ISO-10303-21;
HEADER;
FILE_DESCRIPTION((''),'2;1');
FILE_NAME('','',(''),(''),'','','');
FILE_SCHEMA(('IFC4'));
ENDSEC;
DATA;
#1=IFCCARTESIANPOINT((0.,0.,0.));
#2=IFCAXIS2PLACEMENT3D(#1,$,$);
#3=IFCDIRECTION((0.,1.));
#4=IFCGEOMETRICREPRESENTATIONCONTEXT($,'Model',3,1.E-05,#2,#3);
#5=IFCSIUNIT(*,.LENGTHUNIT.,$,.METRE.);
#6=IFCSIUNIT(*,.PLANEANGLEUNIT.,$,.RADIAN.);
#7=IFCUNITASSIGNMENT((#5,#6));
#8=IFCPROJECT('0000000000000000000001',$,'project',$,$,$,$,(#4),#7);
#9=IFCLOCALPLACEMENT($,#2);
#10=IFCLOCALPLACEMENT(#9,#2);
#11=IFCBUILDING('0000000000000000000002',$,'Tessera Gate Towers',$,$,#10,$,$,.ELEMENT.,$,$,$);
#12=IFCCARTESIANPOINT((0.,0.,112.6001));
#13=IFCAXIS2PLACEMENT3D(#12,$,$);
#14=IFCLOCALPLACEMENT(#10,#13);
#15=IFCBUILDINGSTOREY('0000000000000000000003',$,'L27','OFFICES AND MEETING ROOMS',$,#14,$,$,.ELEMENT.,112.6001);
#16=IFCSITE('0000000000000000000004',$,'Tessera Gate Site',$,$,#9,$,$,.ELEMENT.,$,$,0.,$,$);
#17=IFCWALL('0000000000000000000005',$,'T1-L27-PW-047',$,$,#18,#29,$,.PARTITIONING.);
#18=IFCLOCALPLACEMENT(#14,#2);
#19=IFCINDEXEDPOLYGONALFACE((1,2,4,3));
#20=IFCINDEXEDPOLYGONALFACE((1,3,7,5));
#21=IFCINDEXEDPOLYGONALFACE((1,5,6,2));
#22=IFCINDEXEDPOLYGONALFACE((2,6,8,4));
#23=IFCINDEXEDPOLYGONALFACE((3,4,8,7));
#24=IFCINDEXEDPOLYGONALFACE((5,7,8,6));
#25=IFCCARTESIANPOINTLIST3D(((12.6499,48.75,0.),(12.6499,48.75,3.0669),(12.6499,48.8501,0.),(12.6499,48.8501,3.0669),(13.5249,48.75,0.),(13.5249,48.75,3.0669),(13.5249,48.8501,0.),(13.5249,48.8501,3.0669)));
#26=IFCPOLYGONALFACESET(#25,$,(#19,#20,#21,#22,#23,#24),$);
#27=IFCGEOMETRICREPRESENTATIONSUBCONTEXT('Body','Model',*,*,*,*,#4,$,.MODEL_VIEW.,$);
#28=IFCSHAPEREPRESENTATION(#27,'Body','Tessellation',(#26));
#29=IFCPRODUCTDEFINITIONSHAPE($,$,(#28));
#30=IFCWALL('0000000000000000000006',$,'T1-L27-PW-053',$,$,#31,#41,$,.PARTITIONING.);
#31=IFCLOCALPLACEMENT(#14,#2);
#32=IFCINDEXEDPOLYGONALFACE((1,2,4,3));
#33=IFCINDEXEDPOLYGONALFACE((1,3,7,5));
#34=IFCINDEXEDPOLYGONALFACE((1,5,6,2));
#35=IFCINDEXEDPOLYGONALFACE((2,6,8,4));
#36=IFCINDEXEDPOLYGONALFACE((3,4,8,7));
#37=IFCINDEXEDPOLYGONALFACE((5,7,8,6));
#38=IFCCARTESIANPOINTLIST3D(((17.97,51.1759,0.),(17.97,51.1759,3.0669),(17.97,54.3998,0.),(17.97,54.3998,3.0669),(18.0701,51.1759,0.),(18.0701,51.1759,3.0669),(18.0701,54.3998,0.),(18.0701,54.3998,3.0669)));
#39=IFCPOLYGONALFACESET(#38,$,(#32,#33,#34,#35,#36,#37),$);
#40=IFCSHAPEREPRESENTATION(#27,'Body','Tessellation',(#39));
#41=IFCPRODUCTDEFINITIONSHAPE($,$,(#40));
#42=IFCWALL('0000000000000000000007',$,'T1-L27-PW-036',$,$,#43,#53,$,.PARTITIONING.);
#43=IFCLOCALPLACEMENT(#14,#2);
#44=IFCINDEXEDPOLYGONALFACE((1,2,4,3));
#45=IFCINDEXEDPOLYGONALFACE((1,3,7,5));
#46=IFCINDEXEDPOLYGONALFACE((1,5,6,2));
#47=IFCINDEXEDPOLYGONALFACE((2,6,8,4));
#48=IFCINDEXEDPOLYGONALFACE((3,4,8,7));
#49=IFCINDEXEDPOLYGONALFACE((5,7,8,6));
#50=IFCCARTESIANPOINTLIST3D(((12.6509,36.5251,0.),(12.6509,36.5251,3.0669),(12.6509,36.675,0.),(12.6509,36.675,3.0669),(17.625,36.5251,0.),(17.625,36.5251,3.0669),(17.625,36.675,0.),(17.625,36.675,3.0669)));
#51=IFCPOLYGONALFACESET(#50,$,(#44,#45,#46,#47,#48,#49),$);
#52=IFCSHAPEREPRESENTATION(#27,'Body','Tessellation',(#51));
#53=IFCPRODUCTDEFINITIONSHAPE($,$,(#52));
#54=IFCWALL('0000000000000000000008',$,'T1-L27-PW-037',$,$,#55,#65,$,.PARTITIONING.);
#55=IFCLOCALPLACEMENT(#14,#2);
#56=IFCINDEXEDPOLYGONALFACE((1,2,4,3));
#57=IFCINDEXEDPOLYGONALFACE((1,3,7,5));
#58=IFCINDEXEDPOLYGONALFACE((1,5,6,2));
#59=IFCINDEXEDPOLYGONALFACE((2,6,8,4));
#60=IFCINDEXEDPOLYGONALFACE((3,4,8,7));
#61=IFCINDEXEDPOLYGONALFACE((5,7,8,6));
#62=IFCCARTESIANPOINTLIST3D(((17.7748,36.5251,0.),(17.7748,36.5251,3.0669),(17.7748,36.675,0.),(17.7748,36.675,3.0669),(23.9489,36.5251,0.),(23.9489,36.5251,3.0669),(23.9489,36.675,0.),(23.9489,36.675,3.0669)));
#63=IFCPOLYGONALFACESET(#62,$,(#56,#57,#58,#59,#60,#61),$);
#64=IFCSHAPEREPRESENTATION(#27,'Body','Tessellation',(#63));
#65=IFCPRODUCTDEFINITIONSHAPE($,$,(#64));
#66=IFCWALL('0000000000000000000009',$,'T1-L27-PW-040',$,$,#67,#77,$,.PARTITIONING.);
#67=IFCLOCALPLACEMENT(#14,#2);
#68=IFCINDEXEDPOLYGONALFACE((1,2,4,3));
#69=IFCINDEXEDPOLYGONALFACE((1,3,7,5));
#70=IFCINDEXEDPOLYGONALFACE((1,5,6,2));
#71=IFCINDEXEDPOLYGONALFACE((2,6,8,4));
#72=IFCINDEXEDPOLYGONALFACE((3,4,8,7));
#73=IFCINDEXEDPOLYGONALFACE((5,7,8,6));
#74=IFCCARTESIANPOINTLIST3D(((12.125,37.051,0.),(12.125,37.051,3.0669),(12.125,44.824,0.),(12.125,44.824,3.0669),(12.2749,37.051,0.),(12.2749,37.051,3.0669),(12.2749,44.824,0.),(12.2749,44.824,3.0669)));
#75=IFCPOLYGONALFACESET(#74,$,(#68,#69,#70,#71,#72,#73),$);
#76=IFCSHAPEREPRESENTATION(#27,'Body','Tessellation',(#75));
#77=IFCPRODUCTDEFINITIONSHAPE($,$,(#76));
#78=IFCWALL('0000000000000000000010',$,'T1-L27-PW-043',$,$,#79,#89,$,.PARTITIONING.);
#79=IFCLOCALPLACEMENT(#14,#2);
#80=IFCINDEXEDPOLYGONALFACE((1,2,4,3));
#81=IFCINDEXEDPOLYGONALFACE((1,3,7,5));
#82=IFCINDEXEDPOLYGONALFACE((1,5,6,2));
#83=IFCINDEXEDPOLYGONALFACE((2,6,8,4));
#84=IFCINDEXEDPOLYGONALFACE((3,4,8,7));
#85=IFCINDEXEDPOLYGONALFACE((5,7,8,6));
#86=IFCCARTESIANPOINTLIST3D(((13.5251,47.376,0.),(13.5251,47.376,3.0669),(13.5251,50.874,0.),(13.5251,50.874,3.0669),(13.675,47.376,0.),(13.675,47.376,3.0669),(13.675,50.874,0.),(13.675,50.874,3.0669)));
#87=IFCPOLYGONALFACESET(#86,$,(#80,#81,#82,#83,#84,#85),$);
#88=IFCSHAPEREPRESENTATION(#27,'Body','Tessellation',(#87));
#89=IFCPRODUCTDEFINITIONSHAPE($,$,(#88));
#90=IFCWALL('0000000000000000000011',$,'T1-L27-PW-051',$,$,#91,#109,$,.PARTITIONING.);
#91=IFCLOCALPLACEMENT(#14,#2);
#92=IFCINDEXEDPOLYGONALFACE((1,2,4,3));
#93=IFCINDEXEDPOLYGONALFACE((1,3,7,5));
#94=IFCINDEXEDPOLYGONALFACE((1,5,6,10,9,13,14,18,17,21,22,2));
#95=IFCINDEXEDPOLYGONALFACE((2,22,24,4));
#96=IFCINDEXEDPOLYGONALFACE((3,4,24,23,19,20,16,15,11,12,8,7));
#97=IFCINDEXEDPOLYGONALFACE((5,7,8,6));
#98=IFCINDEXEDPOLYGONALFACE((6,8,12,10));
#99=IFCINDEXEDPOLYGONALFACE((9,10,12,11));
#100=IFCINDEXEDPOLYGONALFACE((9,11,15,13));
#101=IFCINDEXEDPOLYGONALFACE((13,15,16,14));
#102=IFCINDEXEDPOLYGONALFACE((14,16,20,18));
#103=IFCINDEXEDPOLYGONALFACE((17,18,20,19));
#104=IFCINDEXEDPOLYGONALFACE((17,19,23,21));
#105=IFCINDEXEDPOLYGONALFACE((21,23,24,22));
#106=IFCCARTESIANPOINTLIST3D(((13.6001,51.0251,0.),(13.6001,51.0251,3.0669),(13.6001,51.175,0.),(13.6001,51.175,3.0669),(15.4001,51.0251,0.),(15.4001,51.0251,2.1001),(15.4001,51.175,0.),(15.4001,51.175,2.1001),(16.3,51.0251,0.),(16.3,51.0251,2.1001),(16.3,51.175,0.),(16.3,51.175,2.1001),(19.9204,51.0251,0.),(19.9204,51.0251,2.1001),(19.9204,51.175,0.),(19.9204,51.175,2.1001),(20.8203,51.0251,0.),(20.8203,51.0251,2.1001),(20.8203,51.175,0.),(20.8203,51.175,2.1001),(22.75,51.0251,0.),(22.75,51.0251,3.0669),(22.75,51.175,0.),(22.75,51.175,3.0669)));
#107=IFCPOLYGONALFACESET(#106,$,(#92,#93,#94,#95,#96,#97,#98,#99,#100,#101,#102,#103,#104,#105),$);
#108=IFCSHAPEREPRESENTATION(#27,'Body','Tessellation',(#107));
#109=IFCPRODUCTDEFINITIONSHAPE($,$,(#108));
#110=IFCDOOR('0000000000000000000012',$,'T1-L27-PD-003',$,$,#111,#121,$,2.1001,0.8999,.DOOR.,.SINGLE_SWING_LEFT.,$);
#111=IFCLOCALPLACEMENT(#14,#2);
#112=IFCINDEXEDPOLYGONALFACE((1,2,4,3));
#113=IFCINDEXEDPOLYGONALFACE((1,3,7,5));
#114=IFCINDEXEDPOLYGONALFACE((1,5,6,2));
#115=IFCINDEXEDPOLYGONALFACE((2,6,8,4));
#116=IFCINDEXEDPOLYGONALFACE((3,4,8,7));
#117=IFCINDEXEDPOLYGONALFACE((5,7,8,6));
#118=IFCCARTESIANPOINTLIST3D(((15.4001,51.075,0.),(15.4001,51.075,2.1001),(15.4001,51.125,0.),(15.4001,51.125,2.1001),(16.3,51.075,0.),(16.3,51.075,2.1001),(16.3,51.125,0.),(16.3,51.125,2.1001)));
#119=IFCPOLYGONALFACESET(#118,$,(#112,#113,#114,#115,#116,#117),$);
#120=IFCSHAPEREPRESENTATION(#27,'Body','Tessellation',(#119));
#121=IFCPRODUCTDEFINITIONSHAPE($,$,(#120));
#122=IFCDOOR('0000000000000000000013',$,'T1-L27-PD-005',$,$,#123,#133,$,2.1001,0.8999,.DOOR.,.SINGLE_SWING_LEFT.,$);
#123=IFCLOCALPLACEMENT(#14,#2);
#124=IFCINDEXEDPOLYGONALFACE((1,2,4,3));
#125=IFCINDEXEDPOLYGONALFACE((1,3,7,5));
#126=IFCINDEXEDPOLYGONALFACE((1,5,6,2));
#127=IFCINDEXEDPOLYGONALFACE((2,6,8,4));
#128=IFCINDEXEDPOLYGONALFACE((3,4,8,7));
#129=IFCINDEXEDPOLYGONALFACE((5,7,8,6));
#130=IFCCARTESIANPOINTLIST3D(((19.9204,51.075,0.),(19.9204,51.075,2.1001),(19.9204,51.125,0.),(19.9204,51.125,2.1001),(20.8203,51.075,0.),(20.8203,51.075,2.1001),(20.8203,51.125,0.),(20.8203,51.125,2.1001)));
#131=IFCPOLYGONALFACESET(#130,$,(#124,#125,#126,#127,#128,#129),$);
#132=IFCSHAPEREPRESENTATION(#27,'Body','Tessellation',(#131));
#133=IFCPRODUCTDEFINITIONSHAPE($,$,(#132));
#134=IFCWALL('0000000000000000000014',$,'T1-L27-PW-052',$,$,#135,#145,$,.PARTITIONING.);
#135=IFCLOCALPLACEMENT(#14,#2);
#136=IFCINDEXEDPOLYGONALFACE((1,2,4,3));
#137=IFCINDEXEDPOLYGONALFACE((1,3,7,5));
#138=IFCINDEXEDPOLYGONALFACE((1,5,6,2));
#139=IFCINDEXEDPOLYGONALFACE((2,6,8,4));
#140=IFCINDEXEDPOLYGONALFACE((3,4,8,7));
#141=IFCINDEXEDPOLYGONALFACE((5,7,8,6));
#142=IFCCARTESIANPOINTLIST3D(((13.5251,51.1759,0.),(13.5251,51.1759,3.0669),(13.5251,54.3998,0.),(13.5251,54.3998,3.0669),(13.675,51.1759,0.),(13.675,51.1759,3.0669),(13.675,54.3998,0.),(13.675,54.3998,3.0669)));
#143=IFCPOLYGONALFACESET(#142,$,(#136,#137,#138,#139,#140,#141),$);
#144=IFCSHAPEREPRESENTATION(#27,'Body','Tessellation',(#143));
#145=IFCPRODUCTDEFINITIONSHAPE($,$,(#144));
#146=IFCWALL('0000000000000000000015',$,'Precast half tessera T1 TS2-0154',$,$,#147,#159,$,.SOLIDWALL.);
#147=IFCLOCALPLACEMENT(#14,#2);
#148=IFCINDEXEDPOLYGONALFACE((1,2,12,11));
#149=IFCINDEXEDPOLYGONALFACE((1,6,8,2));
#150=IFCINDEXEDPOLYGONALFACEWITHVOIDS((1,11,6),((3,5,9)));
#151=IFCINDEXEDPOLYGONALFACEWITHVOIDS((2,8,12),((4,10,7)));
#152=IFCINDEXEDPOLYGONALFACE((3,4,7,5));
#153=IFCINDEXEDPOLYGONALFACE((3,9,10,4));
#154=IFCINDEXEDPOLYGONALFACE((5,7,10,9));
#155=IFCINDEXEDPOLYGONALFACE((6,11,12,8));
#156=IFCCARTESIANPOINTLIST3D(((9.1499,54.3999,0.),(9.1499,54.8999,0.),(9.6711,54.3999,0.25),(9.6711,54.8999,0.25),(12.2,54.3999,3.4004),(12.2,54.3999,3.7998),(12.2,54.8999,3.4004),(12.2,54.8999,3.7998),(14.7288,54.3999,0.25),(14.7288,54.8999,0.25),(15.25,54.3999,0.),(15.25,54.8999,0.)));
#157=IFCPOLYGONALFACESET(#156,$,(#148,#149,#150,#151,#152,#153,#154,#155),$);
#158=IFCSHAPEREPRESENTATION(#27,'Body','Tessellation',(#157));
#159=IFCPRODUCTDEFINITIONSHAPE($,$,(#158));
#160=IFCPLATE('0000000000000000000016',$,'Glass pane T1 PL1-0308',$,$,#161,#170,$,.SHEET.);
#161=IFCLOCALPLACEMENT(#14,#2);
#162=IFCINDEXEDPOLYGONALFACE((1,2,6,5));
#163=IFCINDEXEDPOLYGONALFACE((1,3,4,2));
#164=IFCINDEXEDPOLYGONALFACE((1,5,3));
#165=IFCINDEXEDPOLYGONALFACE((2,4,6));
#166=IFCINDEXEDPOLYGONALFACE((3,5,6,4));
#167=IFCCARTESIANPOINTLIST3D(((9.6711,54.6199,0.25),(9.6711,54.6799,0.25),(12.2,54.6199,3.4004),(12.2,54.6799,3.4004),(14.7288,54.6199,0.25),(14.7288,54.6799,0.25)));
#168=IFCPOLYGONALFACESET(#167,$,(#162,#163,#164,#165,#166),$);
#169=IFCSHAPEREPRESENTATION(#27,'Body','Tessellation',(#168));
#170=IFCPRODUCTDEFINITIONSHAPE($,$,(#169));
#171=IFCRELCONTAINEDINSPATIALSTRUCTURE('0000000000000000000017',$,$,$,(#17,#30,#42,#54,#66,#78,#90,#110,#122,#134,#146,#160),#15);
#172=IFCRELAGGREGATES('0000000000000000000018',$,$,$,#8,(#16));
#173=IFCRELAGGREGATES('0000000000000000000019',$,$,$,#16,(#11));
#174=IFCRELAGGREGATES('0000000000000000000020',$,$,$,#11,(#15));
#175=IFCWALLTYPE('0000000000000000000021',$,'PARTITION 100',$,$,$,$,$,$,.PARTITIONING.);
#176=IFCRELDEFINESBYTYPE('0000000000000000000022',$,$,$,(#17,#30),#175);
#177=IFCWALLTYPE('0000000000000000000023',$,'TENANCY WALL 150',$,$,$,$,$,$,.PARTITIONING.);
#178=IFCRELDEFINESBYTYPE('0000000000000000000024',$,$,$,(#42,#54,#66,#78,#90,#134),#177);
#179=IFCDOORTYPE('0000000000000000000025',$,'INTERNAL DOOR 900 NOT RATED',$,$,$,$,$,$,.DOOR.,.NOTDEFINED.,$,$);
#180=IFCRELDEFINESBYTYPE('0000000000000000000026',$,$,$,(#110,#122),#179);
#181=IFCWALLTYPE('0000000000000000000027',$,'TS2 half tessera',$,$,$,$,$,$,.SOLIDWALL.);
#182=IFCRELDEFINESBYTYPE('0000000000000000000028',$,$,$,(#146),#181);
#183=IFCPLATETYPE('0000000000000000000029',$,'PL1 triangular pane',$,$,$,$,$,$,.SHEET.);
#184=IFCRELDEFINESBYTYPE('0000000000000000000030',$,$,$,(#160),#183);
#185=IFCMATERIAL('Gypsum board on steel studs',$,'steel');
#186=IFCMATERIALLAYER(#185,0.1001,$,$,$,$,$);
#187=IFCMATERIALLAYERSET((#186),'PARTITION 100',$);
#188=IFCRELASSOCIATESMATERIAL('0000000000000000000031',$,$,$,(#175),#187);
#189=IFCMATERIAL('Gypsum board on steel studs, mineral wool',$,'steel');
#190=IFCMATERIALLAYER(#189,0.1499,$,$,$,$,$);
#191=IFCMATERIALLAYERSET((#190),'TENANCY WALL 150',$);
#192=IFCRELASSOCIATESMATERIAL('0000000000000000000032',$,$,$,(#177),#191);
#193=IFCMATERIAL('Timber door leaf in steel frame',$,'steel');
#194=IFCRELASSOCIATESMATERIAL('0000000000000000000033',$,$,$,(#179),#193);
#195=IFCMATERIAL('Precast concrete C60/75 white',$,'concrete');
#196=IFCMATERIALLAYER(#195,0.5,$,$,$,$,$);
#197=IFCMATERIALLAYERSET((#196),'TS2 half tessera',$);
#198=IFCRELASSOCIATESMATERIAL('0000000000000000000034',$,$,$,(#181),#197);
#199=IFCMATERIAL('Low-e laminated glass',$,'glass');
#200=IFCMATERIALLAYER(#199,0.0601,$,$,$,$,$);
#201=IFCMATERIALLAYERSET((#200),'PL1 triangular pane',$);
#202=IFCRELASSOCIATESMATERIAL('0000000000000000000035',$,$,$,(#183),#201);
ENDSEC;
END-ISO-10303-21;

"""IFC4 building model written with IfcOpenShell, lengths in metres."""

from ifc_helpers import new_model, si_unit, direction, frame, frame_2d, origin, place, context, subcontext, project, spatial, polyline, rectangle, outline, extrude, source, transform, mapped, material, layer, layer_set, type_object, element, fill, save


model = new_model("IFC4")

# Units and contexts
model_context = context("Model", 3, precision=1e-05, world=origin(), true_north=direction((0.0, 1.0)))
body_context = subcontext(model_context, "Body", "Model", "MODEL_VIEW")
ifc_project = project(units=[si_unit("LENGTHUNIT", "METRE"), si_unit("PLANEANGLEUNIT", "RADIAN")], contexts=[model_context])

# Site, building, storey
site_placement = place(None, origin())
site = spatial("IfcSite", under=ifc_project, at=site_placement, Name="Tessera Gate Site", CompositionType="ELEMENT", RefElevation=0.0)
building_placement = place(site_placement, origin())
building = spatial("IfcBuilding", under=site, at=building_placement, Name="Tessera Gate Towers", CompositionType="ELEMENT")
storey_placement = place(building_placement, frame((0.0, 0.0, 112.6001)))
storey = spatial("IfcBuildingStorey", under=building, at=storey_placement, Name="L27", Description="OFFICES AND MEETING ROOMS", CompositionType="ELEMENT", Elevation=112.6001)

# Shared definitions
shared_shape_1 = source(origin(), body_context, "Body", "SweptSolid", [
    extrude(rectangle(XDim=0.8999, YDim=2.1001, at=frame_2d((0.45, 1.05))), frame((0.0, 0.0249, 0.0), z_axis=(0.0, -1.0, 0.0), x_axis=(1.0, 0.0, 0.0)), (0.0, 0.0, 1.0), 0.05),
])

# Walls
ifc_material_1 = material(Name="Gypsum board on steel studs", Category="steel")
ifc_layer_1 = layer(ifc_material_1, 0.1001)
ifc_layer_set_1 = layer_set([ifc_layer_1], Name="PARTITION 100")
wall_type_1 = type_object("IfcWallType", Name="PARTITION 100", PredefinedType="PARTITIONING", material=ifc_layer_set_1)
wall_1_placement = place(storey_placement, frame((12.6499, 48.8, 0.0), z_axis=(0.0, 0.0, 1.0), x_axis=(1.0, 0.0, 0.0)))
element("IfcWall", 1, at=wall_1_placement, inside=storey, type_object=wall_type_1, Name="T1-L27-PW-047", PredefinedType="PARTITIONING", context=body_context, shape_type="SweptSolid", body=[
    extrude(rectangle(XDim=0.875, YDim=0.1001, at=frame_2d((0.4375, 0.0))), origin(), (0.0, 0.0, 1.0), 3.0669),
])
wall_2_placement = place(storey_placement, frame((18.02, 51.176, 0.0), z_axis=(0.0, 0.0, 1.0), x_axis=(0.0, 1.0, 0.0)))
element("IfcWall", 2, at=wall_2_placement, inside=storey, type_object=wall_type_1, Name="T1-L27-PW-053", PredefinedType="PARTITIONING", context=body_context, shape_type="SweptSolid", body=[
    extrude(rectangle(XDim=3.2239, YDim=0.1001, at=frame_2d((1.6118, 0.0))), origin(), (0.0, 0.0, 1.0), 3.0669),
])
ifc_material_2 = material(Name="Gypsum board on steel studs, mineral wool", Category="steel")
ifc_layer_2 = layer(ifc_material_2, 0.1499)
ifc_layer_set_2 = layer_set([ifc_layer_2], Name="TENANCY WALL 150")
wall_type_2 = type_object("IfcWallType", Name="TENANCY WALL 150", PredefinedType="PARTITIONING", material=ifc_layer_set_2)
wall_3_placement = place(storey_placement, frame((12.6509, 36.6001, 0.0), z_axis=(0.0, 0.0, 1.0), x_axis=(1.0, 0.0, 0.0)))
element("IfcWall", 3, at=wall_3_placement, inside=storey, type_object=wall_type_2, Name="T1-L27-PW-036", PredefinedType="PARTITIONING", context=body_context, shape_type="SweptSolid", body=[
    extrude(rectangle(XDim=4.9741, YDim=0.1499, at=frame_2d((2.4871, 0.0))), origin(), (0.0, 0.0, 1.0), 3.0669),
])
wall_4_placement = place(storey_placement, frame((17.7749, 36.6001, 0.0), z_axis=(0.0, 0.0, 1.0), x_axis=(1.0, 0.0, 0.0)))
element("IfcWall", 4, at=wall_4_placement, inside=storey, type_object=wall_type_2, Name="T1-L27-PW-037", PredefinedType="PARTITIONING", context=body_context, shape_type="SweptSolid", body=[
    extrude(rectangle(XDim=6.1741, YDim=0.1499, at=frame_2d((3.0869, 0.0))), origin(), (0.0, 0.0, 1.0), 3.0669),
])
wall_5_placement = place(storey_placement, frame((12.2, 37.051, 0.0), z_axis=(0.0, 0.0, 1.0), x_axis=(0.0, 1.0, 0.0)))
element("IfcWall", 5, at=wall_5_placement, inside=storey, type_object=wall_type_2, Name="T1-L27-PW-040", PredefinedType="PARTITIONING", context=body_context, shape_type="SweptSolid", body=[
    extrude(rectangle(XDim=7.7729, YDim=0.1499, at=frame_2d((3.8865, 0.0))), origin(), (0.0, 0.0, 1.0), 3.0669),
])
wall_6_placement = place(storey_placement, frame((13.6001, 47.376, 0.0), z_axis=(0.0, 0.0, 1.0), x_axis=(0.0, 1.0, 0.0)))
element("IfcWall", 6, at=wall_6_placement, inside=storey, type_object=wall_type_2, Name="T1-L27-PW-043", PredefinedType="PARTITIONING", context=body_context, shape_type="SweptSolid", body=[
    extrude(rectangle(XDim=3.498, YDim=0.1499, at=frame_2d((1.749, 0.0))), origin(), (0.0, 0.0, 1.0), 3.0669),
])

# Wall, openings, doors
wall_7_placement = place(storey_placement, frame((13.6001, 51.1001, 0.0), z_axis=(0.0, 0.0, 1.0), x_axis=(1.0, 0.0, 0.0)))
wall_7 = element("IfcWall", 7, at=wall_7_placement, inside=storey, type_object=wall_type_2, Name="T1-L27-PW-051", PredefinedType="PARTITIONING", context=body_context, shape_type="SweptSolid", body=[
    extrude(rectangle(XDim=9.1499, YDim=0.1499, at=frame_2d((4.575, 0.0))), origin(), (0.0, 0.0, 1.0), 3.0669),
])
shared_shape_2 = source(origin(), body_context, "Body", "SweptSolid", [
    extrude(rectangle(XDim=0.8999, YDim=2.1001, at=frame_2d((0.45, 1.05))), frame((0.0, 0.085, 0.0), z_axis=(0.0, -1.0, 0.0), x_axis=(1.0, 0.0, 0.0)), (0.0, 0.0, 1.0), 0.1699),
])
opening_1_placement = place(wall_7_placement, frame((1.8, 0.0, 0.0)))
opening_1 = element("IfcOpeningElement", 8, at=opening_1_placement, cuts=wall_7, PredefinedType="OPENING", context=body_context, shape_type="MappedRepresentation", body=[
    mapped(shared_shape_2, transform((0.0, 0.0, 0.0), scale=1.0)),
])
opening_2_placement = place(wall_7_placement, frame((6.3203, 0.0, 0.0)))
opening_2 = element("IfcOpeningElement", 9, at=opening_2_placement, cuts=wall_7, PredefinedType="OPENING", context=body_context, shape_type="MappedRepresentation", body=[
    mapped(shared_shape_2, transform((0.0, 0.0, 0.0), scale=1.0)),
])
ifc_material_3 = material(Name="Timber door leaf in steel frame", Category="steel")
door_type_1 = type_object("IfcDoorType", Name="INTERNAL DOOR 900 NOT RATED", OperationType="NOTDEFINED", PredefinedType="DOOR", material=ifc_material_3)
door_1_placement = place(opening_1_placement, origin())
door_1 = element("IfcDoor", 10, at=door_1_placement, inside=storey, type_object=door_type_1, Name="T1-L27-PD-003", OperationType="SINGLE_SWING_LEFT", OverallHeight=2.1001, OverallWidth=0.8999, PredefinedType="DOOR", context=body_context, shape_type="MappedRepresentation", body=[
    mapped(shared_shape_1, transform((0.0, 0.0, 0.0), scale=1.0)),
])
fill(opening_1, door_1)
door_2_placement = place(opening_2_placement, origin())
door_2 = element("IfcDoor", 11, at=door_2_placement, inside=storey, type_object=door_type_1, Name="T1-L27-PD-005", OperationType="SINGLE_SWING_LEFT", OverallHeight=2.1001, OverallWidth=0.8999, PredefinedType="DOOR", context=body_context, shape_type="MappedRepresentation", body=[
    mapped(shared_shape_1, transform((0.0, 0.0, 0.0), scale=1.0)),
])
fill(opening_2, door_2)

# Wall
wall_8_placement = place(storey_placement, frame((13.6001, 51.176, 0.0), z_axis=(0.0, 0.0, 1.0), x_axis=(0.0, 1.0, 0.0)))
element("IfcWall", 12, at=wall_8_placement, inside=storey, type_object=wall_type_2, Name="T1-L27-PW-052", PredefinedType="PARTITIONING", context=body_context, shape_type="SweptSolid", body=[
    extrude(rectangle(XDim=3.2239, YDim=0.1499, at=frame_2d((1.6118, 0.0))), origin(), (0.0, 0.0, 1.0), 3.0669),
])

# Wall, opening, plate
ifc_material_4 = material(Name="Precast concrete C60/75 white", Category="concrete")
ifc_layer_3 = layer(ifc_material_4, 0.5)
ifc_layer_set_3 = layer_set([ifc_layer_3], Name="TS2 half tessera")
wall_type_3 = type_object("IfcWallType", Name="TS2 half tessera", PredefinedType="SOLIDWALL", material=ifc_layer_set_3)
shared_shape_3 = source(origin(), body_context, "Body", "SweptSolid", [
    extrude(outline(polyline([(6.1001, 0.0), (3.05, 3.7998), (0.0, 0.0), (6.1001, 0.0)])), frame((0.0, 0.25, 0.0), z_axis=(0.0, -1.0, 0.0), x_axis=(1.0, 0.0, 0.0)), (0.0, 0.0, 1.0), 0.5),
])
wall_9_placement = place(storey_placement, frame((15.25, 54.6499, 0.0), z_axis=(0.0, 0.0, 1.0), x_axis=(-1.0, 0.0, 0.0)))
wall_9 = element("IfcWall", 13, at=wall_9_placement, inside=storey, type_object=wall_type_3, Name="Precast half tessera T1 TS2-0154", PredefinedType="SOLIDWALL", context=body_context, shape_type="MappedRepresentation", body=[
    mapped(shared_shape_3, transform((0.0, 0.0, 0.0), scale=1.0)),
])
shared_shape_4 = source(origin(), body_context, "Body", "SweptSolid", [
    extrude(outline(polyline([(5.5789, 0.25), (3.05, 3.4004), (0.5212, 0.25), (5.5789, 0.25)])), frame((0.0, 0.26, 0.0), z_axis=(0.0, -1.0, 0.0), x_axis=(1.0, 0.0, 0.0)), (0.0, 0.0, 1.0), 0.52),
])
opening_3_placement = place(wall_9_placement, origin())
opening_3 = element("IfcOpeningElement", 14, at=opening_3_placement, cuts=wall_9, PredefinedType="OPENING", context=body_context, shape_type="MappedRepresentation", body=[
    mapped(shared_shape_4, transform((0.0, 0.0, 0.0), scale=1.0)),
])
ifc_material_5 = material(Name="Low-e laminated glass", Category="glass")
ifc_layer_4 = layer(ifc_material_5, 0.0601)
ifc_layer_set_4 = layer_set([ifc_layer_4], Name="PL1 triangular pane")
plate_type = type_object("IfcPlateType", Name="PL1 triangular pane", PredefinedType="SHEET", material=ifc_layer_set_4)
shared_shape_5 = source(origin(), body_context, "Body", "SweptSolid", [
    extrude(outline(polyline([(5.5789, 0.25), (3.05, 3.4004), (0.5212, 0.25), (5.5789, 0.25)])), frame((0.0, 0.03, 0.0), z_axis=(0.0, -1.0, 0.0), x_axis=(1.0, 0.0, 0.0)), (0.0, 0.0, 1.0), 0.0601),
])
plate_placement = place(opening_3_placement, origin())
plate = element("IfcPlate", 15, at=plate_placement, inside=storey, type_object=plate_type, Name="Glass pane T1 PL1-0308", PredefinedType="SHEET", context=body_context, shape_type="MappedRepresentation", body=[
    mapped(shared_shape_5, transform((0.0, 0.0, 0.0), scale=1.0)),
])
fill(opening_3, plate)

save(model, "model.ifc")
